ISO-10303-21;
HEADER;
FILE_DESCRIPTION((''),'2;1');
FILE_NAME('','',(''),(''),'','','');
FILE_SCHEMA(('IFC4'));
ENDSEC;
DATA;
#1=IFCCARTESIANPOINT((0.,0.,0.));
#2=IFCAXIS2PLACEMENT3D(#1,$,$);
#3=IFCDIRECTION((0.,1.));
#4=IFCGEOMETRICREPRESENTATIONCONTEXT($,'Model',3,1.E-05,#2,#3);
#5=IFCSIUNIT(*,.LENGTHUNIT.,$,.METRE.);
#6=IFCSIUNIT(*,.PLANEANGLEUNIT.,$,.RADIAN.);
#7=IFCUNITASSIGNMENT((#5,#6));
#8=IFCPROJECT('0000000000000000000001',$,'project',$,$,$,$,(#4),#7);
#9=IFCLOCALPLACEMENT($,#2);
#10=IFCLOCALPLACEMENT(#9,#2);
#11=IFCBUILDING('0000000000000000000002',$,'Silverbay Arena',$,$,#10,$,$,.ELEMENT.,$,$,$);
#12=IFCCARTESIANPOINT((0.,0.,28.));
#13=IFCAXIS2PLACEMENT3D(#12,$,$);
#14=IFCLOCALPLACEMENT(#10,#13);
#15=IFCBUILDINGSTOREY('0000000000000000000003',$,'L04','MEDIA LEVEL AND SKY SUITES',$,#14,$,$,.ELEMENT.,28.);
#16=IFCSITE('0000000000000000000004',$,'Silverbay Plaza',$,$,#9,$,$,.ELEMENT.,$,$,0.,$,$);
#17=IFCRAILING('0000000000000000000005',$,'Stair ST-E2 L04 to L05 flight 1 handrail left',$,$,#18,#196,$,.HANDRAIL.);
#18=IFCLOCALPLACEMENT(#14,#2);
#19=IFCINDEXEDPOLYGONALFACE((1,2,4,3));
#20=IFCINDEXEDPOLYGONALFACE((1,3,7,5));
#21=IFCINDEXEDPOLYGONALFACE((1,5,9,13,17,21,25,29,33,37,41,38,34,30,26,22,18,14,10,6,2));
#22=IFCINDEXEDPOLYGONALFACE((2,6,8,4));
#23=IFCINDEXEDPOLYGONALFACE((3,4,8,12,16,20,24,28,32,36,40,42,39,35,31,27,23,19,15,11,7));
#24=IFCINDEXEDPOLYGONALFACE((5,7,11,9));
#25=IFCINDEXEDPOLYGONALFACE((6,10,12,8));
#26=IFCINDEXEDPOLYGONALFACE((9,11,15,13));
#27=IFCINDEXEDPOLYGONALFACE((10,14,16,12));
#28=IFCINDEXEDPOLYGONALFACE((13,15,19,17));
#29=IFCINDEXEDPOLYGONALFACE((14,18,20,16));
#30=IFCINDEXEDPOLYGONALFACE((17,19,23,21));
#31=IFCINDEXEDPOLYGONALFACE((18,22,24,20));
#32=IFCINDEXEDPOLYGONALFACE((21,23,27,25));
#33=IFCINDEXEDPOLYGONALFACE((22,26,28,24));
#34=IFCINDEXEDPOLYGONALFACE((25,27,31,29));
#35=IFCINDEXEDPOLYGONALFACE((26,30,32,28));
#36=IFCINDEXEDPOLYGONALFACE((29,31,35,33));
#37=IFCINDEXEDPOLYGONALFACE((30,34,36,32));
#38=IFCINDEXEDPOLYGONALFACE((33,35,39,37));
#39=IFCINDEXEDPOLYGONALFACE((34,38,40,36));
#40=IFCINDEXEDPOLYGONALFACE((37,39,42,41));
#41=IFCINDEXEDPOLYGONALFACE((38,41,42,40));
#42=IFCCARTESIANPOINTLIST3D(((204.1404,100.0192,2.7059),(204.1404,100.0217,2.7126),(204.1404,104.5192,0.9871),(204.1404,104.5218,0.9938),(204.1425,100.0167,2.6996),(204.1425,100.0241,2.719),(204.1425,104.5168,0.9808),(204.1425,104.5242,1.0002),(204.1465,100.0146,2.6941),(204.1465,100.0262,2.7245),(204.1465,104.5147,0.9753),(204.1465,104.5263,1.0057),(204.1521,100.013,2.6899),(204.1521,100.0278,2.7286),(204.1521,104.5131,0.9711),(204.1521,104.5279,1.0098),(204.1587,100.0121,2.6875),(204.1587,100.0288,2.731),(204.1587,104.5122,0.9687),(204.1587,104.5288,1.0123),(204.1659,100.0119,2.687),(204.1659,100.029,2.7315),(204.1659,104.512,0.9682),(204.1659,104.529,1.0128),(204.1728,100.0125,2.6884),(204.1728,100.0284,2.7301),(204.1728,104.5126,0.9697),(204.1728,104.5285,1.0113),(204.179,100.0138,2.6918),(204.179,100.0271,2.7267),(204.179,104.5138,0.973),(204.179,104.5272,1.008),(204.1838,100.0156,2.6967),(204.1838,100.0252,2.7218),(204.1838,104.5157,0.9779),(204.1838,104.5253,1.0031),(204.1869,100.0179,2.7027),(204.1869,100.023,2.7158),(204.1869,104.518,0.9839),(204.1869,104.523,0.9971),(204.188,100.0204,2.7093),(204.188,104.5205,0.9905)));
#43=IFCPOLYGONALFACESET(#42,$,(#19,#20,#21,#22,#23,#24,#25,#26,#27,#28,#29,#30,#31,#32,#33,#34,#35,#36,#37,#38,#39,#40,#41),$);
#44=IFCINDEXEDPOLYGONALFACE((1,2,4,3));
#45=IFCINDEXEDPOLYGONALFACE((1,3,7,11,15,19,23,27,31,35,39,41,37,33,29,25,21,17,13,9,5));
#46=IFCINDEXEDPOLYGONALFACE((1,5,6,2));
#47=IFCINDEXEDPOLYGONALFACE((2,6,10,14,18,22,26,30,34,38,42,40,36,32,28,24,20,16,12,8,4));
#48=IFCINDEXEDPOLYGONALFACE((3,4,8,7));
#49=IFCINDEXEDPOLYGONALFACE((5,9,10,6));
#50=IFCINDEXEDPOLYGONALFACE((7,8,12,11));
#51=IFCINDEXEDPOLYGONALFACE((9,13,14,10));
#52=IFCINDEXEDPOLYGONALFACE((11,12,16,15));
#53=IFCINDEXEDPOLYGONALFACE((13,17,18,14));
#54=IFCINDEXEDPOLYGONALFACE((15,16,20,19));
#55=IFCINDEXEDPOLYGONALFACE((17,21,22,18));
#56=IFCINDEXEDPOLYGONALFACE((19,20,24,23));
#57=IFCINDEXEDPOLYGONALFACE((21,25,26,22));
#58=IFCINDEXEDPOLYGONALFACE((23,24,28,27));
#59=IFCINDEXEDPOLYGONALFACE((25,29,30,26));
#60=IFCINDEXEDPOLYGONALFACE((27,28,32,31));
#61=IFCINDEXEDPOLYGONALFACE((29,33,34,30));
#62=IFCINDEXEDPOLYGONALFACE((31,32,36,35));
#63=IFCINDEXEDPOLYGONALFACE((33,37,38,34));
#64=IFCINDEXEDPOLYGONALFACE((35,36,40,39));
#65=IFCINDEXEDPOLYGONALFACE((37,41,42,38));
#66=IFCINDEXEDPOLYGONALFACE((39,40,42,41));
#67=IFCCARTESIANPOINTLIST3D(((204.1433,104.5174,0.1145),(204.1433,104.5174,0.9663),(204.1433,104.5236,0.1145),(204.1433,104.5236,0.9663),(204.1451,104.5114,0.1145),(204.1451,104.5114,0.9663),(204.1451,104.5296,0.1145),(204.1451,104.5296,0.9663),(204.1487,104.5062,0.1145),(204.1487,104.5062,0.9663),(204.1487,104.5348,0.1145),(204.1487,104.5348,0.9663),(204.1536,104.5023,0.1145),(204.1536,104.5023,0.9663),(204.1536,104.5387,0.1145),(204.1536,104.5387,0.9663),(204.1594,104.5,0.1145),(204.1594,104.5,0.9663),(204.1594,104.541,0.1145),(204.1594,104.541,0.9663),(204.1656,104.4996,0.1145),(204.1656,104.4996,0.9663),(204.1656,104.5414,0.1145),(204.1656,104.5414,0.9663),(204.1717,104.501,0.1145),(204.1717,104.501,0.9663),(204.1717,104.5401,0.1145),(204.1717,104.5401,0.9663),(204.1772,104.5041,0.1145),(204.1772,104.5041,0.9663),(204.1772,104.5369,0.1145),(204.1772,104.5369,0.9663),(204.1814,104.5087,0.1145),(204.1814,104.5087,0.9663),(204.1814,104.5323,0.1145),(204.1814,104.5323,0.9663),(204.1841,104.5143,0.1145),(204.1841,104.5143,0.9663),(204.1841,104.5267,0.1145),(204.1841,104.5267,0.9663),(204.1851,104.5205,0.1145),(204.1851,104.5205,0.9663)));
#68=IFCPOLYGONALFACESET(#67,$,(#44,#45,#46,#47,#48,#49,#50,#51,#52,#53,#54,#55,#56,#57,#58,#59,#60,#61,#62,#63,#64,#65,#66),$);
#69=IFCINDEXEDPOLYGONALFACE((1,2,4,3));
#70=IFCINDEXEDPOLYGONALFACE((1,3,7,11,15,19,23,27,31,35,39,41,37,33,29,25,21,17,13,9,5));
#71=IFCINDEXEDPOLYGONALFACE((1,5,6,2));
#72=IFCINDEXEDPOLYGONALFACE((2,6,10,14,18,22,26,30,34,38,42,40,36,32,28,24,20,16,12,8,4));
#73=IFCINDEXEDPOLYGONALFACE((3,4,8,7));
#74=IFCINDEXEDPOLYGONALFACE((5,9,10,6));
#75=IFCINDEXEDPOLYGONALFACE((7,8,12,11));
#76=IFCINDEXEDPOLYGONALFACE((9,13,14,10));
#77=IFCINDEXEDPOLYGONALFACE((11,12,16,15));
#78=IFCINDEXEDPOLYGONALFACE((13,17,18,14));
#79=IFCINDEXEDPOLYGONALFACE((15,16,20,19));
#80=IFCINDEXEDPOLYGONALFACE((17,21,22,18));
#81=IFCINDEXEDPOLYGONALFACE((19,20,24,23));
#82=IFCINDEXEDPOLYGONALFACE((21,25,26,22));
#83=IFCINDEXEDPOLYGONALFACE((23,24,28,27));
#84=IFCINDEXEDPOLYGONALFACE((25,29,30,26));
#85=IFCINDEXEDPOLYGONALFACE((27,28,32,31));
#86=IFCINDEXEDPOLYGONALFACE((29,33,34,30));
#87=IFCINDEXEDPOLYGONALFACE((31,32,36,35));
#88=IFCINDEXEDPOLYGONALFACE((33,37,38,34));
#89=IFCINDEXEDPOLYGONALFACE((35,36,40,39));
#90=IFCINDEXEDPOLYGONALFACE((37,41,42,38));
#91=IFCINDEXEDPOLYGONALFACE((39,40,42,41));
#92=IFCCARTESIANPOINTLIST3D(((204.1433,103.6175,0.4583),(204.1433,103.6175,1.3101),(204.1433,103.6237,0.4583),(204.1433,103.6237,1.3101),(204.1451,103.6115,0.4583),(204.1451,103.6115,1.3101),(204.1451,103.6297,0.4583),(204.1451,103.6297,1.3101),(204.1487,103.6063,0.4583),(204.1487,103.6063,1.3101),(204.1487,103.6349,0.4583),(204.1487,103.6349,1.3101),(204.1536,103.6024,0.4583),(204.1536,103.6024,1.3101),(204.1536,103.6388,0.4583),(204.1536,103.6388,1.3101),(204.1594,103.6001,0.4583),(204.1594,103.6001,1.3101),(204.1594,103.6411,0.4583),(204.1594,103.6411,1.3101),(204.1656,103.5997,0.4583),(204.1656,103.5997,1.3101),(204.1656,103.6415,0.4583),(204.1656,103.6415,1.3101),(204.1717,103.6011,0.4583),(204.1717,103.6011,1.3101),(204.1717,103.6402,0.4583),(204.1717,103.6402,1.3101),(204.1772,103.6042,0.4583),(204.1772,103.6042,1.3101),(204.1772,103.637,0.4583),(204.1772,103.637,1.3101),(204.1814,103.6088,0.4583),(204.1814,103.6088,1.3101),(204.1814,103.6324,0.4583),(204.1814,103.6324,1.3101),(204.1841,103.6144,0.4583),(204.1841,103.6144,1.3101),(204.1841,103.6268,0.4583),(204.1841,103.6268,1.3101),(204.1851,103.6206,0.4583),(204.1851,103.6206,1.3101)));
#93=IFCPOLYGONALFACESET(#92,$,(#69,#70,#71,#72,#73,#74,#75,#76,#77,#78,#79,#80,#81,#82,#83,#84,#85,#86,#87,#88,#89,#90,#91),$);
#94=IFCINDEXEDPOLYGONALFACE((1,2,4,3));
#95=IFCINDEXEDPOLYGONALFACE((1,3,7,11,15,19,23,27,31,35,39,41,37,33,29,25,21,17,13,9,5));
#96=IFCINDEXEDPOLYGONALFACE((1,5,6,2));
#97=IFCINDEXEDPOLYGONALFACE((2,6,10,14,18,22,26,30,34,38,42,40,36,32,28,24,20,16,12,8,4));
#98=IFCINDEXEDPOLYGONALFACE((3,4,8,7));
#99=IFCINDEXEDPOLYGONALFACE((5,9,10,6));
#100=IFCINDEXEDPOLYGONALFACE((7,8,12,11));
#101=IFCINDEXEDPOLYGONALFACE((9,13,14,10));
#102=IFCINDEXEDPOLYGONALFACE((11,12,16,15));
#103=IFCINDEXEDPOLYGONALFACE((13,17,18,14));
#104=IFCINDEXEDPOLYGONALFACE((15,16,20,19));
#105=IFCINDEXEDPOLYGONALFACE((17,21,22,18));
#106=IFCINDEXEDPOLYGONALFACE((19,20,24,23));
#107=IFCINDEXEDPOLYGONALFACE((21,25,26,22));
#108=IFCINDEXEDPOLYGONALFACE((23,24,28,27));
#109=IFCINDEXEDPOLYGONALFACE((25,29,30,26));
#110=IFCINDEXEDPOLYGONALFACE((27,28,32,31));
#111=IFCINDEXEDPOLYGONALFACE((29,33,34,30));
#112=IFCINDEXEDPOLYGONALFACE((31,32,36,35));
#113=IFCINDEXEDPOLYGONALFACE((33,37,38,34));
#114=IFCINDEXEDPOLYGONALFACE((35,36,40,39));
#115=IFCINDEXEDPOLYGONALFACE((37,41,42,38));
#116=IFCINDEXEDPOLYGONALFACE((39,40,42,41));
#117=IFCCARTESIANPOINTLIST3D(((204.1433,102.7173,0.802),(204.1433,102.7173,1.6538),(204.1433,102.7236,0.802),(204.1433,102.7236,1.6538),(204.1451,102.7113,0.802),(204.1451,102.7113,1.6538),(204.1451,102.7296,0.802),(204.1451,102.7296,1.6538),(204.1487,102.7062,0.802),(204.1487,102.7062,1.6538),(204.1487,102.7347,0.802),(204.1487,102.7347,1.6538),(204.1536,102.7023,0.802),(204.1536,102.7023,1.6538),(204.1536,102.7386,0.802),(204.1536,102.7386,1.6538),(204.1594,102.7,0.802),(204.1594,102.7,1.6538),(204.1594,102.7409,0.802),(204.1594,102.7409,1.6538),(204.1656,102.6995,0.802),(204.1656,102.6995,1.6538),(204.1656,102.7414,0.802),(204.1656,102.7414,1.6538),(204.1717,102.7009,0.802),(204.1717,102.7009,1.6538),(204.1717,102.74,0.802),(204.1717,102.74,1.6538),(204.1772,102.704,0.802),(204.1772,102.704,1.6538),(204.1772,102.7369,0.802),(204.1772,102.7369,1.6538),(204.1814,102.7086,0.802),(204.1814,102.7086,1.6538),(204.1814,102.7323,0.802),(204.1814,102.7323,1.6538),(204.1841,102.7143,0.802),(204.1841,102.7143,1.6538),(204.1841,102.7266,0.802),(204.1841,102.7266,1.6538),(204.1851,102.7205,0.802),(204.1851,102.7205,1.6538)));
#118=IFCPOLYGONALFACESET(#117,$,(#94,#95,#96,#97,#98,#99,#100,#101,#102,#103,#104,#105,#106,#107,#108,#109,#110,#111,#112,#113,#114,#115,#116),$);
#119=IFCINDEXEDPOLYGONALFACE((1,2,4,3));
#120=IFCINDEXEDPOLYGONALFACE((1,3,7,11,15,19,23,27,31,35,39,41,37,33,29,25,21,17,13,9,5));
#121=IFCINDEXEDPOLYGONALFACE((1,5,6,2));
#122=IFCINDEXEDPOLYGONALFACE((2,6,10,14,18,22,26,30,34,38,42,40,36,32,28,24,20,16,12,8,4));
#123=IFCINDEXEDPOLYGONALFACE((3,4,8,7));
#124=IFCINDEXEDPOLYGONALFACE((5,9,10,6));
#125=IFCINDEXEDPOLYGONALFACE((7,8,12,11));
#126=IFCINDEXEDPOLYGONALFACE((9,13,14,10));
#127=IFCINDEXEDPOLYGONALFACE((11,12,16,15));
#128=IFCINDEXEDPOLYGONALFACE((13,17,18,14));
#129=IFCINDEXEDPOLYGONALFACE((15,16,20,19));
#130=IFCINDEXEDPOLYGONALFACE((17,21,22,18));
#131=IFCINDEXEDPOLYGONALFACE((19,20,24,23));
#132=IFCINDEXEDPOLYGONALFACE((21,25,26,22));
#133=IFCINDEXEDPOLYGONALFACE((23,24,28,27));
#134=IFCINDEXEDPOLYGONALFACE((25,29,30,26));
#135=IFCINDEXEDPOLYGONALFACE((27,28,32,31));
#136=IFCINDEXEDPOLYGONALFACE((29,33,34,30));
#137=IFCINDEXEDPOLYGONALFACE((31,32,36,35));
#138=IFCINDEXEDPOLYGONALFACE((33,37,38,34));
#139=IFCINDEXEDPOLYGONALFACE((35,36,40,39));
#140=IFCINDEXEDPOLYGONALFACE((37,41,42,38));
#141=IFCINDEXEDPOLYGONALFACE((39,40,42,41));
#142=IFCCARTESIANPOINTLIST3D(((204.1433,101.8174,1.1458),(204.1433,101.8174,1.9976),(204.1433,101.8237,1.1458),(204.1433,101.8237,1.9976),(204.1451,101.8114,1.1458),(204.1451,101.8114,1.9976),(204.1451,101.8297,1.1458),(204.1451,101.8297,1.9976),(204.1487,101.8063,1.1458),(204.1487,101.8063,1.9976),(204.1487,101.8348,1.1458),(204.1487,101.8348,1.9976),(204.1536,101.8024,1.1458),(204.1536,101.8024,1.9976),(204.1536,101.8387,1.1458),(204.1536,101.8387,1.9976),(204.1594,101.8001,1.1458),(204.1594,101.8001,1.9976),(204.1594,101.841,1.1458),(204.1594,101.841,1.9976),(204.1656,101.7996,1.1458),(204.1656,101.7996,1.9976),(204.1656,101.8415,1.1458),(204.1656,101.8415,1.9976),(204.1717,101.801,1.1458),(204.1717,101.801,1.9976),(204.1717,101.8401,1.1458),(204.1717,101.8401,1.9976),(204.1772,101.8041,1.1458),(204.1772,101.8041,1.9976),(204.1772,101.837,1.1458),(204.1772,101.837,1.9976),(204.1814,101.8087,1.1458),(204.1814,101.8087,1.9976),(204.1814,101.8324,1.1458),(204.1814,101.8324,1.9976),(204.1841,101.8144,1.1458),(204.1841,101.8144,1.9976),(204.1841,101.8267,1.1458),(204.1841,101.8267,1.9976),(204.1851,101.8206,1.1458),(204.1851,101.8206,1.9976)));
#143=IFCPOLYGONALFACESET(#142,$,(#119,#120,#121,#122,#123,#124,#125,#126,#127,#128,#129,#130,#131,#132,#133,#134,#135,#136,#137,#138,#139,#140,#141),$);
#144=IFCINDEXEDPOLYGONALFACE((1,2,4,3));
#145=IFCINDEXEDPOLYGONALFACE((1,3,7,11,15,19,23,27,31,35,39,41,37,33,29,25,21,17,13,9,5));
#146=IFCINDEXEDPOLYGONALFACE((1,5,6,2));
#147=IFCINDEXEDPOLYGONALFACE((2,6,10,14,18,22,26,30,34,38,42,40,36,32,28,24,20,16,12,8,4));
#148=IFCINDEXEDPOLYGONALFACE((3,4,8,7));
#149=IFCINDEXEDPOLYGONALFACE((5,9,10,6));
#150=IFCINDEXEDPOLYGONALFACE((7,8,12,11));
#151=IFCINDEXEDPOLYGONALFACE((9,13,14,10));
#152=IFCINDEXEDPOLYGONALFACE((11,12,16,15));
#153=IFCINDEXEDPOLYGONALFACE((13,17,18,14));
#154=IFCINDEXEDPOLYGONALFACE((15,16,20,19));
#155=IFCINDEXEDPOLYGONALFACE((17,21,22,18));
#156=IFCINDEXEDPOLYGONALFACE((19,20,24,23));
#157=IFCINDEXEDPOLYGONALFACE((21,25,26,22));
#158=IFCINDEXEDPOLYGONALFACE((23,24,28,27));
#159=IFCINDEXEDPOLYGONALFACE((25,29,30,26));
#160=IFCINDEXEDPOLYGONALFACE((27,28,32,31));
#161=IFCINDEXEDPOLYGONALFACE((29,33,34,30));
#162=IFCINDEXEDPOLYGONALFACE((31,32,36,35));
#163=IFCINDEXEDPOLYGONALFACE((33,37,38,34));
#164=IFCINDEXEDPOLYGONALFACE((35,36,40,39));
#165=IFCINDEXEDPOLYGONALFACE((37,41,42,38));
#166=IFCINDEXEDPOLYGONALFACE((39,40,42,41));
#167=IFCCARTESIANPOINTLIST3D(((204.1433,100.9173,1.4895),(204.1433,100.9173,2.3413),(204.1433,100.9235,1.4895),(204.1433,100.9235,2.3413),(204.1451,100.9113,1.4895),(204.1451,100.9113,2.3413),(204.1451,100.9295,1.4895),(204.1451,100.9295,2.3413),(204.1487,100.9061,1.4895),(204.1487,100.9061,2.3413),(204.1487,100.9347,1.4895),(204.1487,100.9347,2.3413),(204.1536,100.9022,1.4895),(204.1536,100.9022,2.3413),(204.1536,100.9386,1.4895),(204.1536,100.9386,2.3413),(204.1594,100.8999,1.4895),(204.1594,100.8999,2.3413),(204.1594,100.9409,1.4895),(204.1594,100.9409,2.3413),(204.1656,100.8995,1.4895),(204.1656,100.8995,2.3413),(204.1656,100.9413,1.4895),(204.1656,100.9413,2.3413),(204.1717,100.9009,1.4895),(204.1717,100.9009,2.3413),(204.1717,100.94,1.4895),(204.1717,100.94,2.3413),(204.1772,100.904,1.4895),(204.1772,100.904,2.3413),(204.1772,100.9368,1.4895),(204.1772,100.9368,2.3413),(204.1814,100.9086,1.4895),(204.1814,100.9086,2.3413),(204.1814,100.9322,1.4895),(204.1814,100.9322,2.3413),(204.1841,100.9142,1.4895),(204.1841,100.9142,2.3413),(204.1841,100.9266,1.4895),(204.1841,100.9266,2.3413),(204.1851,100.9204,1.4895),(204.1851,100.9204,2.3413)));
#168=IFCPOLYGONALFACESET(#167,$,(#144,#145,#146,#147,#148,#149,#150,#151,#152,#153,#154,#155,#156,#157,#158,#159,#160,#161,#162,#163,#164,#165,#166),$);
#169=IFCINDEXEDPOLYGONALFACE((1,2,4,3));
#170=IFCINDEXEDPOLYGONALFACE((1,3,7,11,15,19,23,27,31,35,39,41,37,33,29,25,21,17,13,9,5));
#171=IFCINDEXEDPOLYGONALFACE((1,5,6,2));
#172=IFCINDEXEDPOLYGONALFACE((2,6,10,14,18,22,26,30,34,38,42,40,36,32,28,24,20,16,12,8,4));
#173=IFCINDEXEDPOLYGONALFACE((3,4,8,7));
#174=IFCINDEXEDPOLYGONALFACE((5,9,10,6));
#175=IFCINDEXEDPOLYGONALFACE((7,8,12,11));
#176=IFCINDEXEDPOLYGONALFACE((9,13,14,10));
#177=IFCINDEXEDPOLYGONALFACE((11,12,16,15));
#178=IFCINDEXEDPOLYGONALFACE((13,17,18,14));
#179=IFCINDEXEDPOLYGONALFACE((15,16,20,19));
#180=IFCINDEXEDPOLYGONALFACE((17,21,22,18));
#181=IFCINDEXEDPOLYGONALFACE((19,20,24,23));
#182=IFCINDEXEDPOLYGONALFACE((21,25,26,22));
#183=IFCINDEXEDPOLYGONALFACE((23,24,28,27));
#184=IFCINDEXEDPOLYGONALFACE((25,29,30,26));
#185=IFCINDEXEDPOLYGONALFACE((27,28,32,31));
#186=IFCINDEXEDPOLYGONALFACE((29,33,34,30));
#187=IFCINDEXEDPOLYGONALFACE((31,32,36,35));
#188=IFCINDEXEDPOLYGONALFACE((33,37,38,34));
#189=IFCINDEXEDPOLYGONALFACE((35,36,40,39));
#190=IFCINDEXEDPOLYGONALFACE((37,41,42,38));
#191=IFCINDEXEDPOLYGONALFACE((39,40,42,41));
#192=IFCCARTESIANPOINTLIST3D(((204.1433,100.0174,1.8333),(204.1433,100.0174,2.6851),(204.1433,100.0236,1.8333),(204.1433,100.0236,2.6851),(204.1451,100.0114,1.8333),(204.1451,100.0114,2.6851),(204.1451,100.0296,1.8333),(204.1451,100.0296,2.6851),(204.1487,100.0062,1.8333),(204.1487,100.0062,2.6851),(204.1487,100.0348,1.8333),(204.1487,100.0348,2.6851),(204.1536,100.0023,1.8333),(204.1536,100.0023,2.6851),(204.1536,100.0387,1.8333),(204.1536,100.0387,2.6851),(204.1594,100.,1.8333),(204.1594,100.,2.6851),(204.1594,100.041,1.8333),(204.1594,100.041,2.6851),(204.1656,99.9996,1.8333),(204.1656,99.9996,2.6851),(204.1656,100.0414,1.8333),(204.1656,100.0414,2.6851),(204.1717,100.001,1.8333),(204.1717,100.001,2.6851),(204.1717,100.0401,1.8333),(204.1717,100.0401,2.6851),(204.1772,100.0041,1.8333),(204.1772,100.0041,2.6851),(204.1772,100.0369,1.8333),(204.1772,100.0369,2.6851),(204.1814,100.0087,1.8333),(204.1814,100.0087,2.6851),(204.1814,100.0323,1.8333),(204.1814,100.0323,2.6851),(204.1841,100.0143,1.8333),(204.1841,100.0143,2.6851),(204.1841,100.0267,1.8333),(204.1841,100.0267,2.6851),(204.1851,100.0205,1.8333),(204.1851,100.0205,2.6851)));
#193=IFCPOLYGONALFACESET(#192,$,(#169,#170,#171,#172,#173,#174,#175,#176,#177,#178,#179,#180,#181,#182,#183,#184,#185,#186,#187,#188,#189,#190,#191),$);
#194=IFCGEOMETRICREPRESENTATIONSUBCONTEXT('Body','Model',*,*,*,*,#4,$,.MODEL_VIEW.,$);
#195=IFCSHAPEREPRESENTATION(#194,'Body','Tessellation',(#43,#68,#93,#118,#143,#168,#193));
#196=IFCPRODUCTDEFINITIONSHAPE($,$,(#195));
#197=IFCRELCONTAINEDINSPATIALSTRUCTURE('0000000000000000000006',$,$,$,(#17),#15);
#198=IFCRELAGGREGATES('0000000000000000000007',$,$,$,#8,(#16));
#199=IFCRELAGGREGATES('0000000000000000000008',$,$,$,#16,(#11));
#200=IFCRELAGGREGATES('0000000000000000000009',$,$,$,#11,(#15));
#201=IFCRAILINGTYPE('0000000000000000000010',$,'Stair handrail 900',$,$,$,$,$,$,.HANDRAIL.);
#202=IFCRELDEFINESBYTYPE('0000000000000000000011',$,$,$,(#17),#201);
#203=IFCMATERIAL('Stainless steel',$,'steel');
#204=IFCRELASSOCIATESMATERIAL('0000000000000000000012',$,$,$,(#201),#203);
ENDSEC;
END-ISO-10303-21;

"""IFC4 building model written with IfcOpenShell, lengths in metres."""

from ifc_helpers import new_model, si_unit, direction, frame, origin, origin_2d, place, context, subcontext, project, spatial, circle, extrude, material, type_object, element, save


model = new_model("IFC4")

# Units and contexts
model_context = context("Model", 3, precision=1e-05, world=origin(), true_north=direction((0.0, 1.0)))
body_context = subcontext(model_context, "Body", "Model", "MODEL_VIEW")
ifc_project = project(units=[si_unit("LENGTHUNIT", "METRE"), si_unit("PLANEANGLEUNIT", "RADIAN")], contexts=[model_context])

# Site, building, storey
site_placement = place(None, origin())
site = spatial("IfcSite", under=ifc_project, at=site_placement, Name="Silverbay Plaza", CompositionType="ELEMENT", RefElevation=0.0)
building_placement = place(site_placement, origin())
building = spatial("IfcBuilding", under=site, at=building_placement, Name="Silverbay Arena", CompositionType="ELEMENT")
storey_placement = place(building_placement, frame((0.0, 0.0, 28.0)))
storey = spatial("IfcBuildingStorey", under=building, at=storey_placement, Name="L04", Description="MEDIA LEVEL AND SKY SUITES", CompositionType="ELEMENT", Elevation=28.0)

# Railing
ifc_material_1 = material(Name="Stainless steel", Category="steel")
railing_type_1 = type_object("IfcRailingType", Name="Stair handrail 900", PredefinedType="HANDRAIL", material=ifc_material_1)
for number, where, name in (
    (1, (204.1641, 104.5205, 0.1145), "Stair ST-E2 L04 to L05 flight 1 handrail left"),
):
    element("IfcRailing", number, at=place(storey_placement, frame(where)), inside=storey, type_object=railing_type_1, Name=name, PredefinedType="HANDRAIL", context=body_context, shape_type="SweptSolid", body=[
        extrude(circle(Radius=0.0239, at=origin_2d()), frame((0.0, 0.0, 0.876), z_axis=(0.0, -0.934179, 0.356805), x_axis=(1.0, 0.0, 0.0)), (0.0, 0.0, 1.0), 4.8171),
        extrude(circle(Radius=0.021, at=origin_2d()), origin(), (0.0, 0.0, 1.0), 0.8518),
        extrude(circle(Radius=0.021, at=origin_2d()), frame((0.0, -0.8999, 0.3438)), (0.0, 0.0, 1.0), 0.8518),
        extrude(circle(Radius=0.021, at=origin_2d()), frame((0.0, -1.8, 0.6875)), (0.0, 0.0, 1.0), 0.8518),
        extrude(circle(Radius=0.021, at=origin_2d()), frame((0.0, -2.7, 1.0312)), (0.0, 0.0, 1.0), 0.8518),
        extrude(circle(Radius=0.021, at=origin_2d()), frame((0.0, -3.6001, 1.375)), (0.0, 0.0, 1.0), 0.8518),
        extrude(circle(Radius=0.021, at=origin_2d()), frame((0.0, -4.5, 1.7188)), (0.0, 0.0, 1.0), 0.8518),
    ])

save(model, "model.ifc")
